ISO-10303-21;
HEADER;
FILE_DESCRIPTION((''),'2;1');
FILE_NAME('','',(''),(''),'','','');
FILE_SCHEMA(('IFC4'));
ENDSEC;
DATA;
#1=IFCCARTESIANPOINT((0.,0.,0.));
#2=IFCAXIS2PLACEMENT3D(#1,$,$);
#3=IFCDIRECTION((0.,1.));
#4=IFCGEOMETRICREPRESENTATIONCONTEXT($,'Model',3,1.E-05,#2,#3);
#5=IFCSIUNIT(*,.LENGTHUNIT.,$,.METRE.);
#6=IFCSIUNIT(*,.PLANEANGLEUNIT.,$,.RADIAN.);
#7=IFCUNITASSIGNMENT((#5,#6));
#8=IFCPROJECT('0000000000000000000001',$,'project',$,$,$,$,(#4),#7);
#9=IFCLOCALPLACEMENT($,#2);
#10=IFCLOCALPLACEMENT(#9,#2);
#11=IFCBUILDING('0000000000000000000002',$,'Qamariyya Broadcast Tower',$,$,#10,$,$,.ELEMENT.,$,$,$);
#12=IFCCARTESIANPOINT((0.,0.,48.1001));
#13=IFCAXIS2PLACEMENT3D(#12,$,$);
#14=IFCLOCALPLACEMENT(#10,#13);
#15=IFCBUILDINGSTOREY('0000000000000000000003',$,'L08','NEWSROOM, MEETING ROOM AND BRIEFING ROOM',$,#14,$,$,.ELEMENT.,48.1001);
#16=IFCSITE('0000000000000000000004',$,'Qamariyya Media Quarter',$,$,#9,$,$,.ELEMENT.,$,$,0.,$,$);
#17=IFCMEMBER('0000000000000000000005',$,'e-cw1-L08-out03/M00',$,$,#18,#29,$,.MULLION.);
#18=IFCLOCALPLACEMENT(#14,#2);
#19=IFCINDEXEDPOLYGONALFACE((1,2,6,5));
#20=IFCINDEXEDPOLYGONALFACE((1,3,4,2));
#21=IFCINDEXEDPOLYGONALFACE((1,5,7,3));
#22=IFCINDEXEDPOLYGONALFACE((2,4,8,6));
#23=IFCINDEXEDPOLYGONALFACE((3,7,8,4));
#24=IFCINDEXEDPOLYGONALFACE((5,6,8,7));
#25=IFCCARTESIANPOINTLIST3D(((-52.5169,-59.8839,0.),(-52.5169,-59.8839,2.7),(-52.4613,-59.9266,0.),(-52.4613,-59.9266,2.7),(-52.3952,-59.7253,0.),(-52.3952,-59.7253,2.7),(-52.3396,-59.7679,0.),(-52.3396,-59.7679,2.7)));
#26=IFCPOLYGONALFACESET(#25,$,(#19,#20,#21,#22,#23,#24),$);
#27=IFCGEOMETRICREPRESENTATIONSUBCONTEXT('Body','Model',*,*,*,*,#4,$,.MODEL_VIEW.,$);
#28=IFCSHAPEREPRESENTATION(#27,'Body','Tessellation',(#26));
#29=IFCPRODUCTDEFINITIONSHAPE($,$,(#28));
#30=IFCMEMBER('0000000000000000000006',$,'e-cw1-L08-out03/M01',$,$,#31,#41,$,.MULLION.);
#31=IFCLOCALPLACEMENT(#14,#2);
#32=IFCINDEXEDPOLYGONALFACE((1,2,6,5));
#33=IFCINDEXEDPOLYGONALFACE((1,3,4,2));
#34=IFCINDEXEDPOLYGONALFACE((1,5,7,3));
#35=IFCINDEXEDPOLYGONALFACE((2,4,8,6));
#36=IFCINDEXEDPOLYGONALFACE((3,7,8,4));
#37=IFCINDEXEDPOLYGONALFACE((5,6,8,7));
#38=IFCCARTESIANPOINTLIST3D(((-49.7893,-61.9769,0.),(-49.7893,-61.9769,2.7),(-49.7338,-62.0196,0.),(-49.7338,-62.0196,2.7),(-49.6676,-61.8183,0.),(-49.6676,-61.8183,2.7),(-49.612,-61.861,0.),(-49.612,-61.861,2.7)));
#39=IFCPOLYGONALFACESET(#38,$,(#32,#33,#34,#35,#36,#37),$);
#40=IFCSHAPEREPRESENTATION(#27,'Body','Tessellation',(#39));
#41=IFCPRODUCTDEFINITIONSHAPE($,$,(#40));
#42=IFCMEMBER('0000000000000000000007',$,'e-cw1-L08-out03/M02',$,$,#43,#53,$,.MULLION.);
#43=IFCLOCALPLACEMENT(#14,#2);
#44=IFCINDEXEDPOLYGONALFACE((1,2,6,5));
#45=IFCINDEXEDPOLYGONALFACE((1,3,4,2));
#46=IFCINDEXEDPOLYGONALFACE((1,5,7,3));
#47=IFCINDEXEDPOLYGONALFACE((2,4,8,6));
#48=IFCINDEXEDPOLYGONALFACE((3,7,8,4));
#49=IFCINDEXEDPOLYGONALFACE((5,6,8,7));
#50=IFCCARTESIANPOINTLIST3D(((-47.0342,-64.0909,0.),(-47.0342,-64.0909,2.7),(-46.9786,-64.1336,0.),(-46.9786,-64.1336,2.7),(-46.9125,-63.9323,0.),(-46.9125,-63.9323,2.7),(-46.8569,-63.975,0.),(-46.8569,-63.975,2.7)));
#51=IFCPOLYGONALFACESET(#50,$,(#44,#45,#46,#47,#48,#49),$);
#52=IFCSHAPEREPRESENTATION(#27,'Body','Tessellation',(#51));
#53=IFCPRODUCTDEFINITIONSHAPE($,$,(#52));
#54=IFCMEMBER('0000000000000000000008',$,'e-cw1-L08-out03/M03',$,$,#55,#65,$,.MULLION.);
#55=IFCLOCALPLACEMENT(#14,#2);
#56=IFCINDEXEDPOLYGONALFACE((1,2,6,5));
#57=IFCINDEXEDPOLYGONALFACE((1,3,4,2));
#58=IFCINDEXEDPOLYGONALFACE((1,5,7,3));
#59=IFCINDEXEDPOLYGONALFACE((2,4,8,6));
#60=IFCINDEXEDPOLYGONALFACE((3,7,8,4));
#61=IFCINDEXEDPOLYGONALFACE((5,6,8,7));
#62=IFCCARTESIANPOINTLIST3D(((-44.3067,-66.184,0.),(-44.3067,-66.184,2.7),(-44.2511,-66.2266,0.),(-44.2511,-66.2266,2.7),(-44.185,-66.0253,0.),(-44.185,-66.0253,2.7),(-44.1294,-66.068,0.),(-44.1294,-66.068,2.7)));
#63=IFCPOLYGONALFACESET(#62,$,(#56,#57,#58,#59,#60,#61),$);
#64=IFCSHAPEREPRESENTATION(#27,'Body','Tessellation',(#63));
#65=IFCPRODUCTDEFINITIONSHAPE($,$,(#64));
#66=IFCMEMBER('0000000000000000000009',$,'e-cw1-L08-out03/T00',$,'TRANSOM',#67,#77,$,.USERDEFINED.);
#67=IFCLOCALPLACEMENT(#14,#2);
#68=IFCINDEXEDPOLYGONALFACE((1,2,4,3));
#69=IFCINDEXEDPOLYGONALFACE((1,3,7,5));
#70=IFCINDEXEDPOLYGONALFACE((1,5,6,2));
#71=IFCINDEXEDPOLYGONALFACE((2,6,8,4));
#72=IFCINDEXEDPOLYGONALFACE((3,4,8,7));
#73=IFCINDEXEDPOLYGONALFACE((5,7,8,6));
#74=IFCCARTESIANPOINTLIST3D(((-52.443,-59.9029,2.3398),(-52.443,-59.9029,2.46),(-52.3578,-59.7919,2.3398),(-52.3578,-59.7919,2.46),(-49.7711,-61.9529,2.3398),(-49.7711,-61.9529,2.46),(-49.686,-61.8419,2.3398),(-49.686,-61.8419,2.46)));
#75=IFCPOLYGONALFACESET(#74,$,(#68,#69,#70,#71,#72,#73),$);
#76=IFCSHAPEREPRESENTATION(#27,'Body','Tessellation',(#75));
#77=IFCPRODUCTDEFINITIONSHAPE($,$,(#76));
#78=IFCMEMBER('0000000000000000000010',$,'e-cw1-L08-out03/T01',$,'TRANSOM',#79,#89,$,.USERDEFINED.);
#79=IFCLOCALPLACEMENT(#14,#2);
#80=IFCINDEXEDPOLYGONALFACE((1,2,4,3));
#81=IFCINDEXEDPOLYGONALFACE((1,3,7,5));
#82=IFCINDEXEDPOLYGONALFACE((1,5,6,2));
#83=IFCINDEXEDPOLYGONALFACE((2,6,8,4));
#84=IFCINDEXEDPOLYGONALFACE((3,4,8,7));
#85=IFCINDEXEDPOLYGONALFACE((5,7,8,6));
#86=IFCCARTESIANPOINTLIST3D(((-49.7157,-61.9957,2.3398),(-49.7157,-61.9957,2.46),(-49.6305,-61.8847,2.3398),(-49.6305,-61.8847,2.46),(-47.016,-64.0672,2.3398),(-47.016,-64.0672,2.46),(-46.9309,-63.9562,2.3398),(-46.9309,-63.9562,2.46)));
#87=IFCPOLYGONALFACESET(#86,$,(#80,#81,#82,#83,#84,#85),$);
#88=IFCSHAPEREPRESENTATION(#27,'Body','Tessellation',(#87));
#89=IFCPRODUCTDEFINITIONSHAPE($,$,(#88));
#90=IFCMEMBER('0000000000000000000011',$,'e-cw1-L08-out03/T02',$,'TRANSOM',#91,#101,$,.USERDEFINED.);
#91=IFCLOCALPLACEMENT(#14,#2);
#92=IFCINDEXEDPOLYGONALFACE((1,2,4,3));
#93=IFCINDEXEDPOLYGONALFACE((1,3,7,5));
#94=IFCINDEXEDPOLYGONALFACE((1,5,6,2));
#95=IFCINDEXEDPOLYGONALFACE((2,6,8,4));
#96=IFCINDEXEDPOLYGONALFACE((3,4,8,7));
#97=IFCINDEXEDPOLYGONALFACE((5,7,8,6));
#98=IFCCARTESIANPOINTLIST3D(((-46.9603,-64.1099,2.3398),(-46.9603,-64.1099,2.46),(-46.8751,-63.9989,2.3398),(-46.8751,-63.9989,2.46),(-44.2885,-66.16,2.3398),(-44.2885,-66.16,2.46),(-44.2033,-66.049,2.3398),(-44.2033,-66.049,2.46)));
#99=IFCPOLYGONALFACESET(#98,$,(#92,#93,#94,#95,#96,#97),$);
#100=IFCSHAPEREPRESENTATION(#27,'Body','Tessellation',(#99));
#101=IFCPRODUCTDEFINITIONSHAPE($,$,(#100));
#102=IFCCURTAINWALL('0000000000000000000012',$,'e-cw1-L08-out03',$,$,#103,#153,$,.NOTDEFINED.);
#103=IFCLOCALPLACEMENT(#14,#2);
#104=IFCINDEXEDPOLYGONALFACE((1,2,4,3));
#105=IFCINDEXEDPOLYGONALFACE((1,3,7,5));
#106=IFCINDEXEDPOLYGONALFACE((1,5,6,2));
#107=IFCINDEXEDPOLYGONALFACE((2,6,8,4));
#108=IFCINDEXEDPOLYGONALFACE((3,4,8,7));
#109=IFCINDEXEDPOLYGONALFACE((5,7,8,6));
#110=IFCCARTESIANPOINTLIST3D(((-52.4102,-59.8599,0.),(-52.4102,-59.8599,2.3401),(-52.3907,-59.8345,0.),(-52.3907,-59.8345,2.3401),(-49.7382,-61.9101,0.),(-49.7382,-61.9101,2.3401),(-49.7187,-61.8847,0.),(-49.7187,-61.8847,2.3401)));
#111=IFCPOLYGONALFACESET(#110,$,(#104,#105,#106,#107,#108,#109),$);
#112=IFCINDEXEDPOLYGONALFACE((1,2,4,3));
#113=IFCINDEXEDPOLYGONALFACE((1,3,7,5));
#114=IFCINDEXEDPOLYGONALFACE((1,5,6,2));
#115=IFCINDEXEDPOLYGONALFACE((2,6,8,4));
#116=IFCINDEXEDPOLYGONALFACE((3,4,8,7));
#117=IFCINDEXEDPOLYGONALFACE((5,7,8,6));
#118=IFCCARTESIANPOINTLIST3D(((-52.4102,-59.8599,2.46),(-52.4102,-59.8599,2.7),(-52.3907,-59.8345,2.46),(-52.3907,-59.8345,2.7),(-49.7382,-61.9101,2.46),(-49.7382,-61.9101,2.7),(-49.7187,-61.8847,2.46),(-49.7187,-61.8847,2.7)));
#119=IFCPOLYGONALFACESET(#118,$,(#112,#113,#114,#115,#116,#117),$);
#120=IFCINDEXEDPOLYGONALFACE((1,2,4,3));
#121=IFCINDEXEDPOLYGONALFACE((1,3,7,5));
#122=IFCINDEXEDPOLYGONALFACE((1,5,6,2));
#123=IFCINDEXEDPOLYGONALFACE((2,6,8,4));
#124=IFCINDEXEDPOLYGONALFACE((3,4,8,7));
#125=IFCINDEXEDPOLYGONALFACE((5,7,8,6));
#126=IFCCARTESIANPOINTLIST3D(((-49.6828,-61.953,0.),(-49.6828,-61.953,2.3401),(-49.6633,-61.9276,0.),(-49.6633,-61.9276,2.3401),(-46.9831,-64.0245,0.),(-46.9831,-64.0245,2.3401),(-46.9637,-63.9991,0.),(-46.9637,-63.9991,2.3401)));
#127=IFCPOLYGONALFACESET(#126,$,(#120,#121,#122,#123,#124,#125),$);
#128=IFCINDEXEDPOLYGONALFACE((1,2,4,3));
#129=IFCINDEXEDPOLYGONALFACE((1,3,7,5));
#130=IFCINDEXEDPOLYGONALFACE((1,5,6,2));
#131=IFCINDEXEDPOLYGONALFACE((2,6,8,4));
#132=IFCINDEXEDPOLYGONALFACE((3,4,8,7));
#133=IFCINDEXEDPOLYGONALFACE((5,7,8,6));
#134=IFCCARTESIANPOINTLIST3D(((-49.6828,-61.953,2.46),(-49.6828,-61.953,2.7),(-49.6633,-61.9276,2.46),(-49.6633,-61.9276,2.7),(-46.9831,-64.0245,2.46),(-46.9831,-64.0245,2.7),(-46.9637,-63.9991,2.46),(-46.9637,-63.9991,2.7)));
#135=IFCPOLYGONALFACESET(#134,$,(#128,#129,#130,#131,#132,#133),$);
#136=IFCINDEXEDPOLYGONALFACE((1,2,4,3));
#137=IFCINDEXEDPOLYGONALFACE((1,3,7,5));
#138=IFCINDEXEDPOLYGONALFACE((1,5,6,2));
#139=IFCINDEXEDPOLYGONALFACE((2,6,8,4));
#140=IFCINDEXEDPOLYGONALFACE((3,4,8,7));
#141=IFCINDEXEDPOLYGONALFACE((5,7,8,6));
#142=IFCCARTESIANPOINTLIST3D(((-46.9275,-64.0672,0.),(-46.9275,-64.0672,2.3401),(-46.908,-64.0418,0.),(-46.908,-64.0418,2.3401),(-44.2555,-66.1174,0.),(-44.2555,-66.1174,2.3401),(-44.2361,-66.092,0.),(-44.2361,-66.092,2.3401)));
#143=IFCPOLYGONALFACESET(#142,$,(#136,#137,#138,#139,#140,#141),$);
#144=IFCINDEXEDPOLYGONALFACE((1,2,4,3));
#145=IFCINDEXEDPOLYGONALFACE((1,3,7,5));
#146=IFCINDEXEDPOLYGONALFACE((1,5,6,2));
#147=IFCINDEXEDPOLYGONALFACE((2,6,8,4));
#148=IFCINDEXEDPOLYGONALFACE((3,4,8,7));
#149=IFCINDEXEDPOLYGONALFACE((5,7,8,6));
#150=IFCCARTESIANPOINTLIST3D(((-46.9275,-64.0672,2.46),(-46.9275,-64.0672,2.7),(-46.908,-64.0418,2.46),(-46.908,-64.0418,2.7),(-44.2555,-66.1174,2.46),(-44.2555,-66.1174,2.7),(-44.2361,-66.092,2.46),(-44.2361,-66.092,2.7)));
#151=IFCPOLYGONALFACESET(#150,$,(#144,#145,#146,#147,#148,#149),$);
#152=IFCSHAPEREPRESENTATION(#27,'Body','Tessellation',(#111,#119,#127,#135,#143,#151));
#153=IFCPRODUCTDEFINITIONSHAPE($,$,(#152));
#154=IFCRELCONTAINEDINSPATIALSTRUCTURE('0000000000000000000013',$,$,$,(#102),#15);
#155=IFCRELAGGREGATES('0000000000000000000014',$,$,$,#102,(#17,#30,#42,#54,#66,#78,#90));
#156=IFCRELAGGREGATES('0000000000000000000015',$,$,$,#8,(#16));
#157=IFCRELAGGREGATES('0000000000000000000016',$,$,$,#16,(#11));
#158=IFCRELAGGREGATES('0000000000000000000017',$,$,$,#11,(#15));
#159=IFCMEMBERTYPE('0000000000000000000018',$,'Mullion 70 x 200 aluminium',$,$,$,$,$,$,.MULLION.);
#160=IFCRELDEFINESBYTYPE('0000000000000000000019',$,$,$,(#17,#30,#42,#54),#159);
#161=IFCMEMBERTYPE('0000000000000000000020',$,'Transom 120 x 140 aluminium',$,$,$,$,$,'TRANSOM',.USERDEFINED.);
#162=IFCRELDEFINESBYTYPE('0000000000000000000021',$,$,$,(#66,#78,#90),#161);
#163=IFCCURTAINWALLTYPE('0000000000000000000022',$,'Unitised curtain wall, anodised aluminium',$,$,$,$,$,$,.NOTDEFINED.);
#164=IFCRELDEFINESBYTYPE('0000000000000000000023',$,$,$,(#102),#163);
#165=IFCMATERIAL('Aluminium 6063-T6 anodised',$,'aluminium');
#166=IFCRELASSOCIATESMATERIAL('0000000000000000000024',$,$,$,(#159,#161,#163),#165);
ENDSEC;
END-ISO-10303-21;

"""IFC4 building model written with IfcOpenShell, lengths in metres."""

from ifc_helpers import new_model, si_unit, direction, frame, origin, origin_2d, place, context, subcontext, project, spatial, rectangle, extrude, material, material_profile, profile_set, type_object, element, aggregate, save


model = new_model("IFC4")

# Units and contexts
model_context = context("Model", 3, precision=1e-05, world=origin(), true_north=direction((0.0, 1.0)))
body_context = subcontext(model_context, "Body", "Model", "MODEL_VIEW")
ifc_project = project(units=[si_unit("LENGTHUNIT", "METRE"), si_unit("PLANEANGLEUNIT", "RADIAN")], contexts=[model_context])

# Members
ifc_material = material(Name="Aluminium 6063-T6 anodised", Category="aluminium")
ifc_material_profile_1 = material_profile(ifc_material, rectangle(XDim=0.2, YDim=0.0701, at=origin_2d()))
ifc_profile_set_1 = profile_set([ifc_material_profile_1], Name="Aluminium 6063-T6 anodised")
member_type_1 = type_object("IfcMemberType", Name="Mullion 70 x 200 aluminium", PredefinedType="MULLION", material=ifc_profile_set_1)
site_placement = place(None, origin())
building_placement = place(site_placement, origin())
storey_placement = place(building_placement, frame((0.0, 0.0, 48.1001)))
member_1_placement = place(storey_placement, frame((-52.4282, -59.8259, 0.0), z_axis=(0.0, 0.0, 1.0), x_axis=(0.608761, 0.793353, 0.0)))
member_1 = element("IfcMember", 1, at=member_1_placement, type_object=member_type_1, Name="e-cw1-L08-out03/M00", PredefinedType="MULLION", context=body_context, shape_type="SweptSolid", body=[
    extrude(rectangle(XDim=0.2, YDim=0.0701, at=origin_2d()), origin(), (0.0, 0.0, 1.0), 2.7),
])
member_2_placement = place(storey_placement, frame((-49.7007, -61.9189, 0.0), z_axis=(0.0, 0.0, 1.0), x_axis=(0.608761, 0.793353, 0.0)))
member_2 = element("IfcMember", 2, at=member_2_placement, type_object=member_type_1, Name="e-cw1-L08-out03/M01", PredefinedType="MULLION", context=body_context, shape_type="SweptSolid", body=[
    extrude(rectangle(XDim=0.2, YDim=0.0701, at=origin_2d()), origin(), (0.0, 0.0, 1.0), 2.7),
])
member_3_placement = place(storey_placement, frame((-46.9456, -64.033, 0.0), z_axis=(0.0, 0.0, 1.0), x_axis=(0.608761, 0.793353, 0.0)))
member_3 = element("IfcMember", 3, at=member_3_placement, type_object=member_type_1, Name="e-cw1-L08-out03/M02", PredefinedType="MULLION", context=body_context, shape_type="SweptSolid", body=[
    extrude(rectangle(XDim=0.2, YDim=0.0701, at=origin_2d()), origin(), (0.0, 0.0, 1.0), 2.7),
])
member_4_placement = place(storey_placement, frame((-44.218, -66.126, 0.0), z_axis=(0.0, 0.0, 1.0), x_axis=(0.608761, 0.793353, 0.0)))
member_4 = element("IfcMember", 4, at=member_4_placement, type_object=member_type_1, Name="e-cw1-L08-out03/M03", PredefinedType="MULLION", context=body_context, shape_type="SweptSolid", body=[
    extrude(rectangle(XDim=0.2, YDim=0.0701, at=origin_2d()), origin(), (0.0, 0.0, 1.0), 2.7),
])
ifc_material_profile_2 = material_profile(ifc_material, rectangle(XDim=0.1399, YDim=0.1201, at=origin_2d()))
ifc_profile_set_2 = profile_set([ifc_material_profile_2], Name="Aluminium 6063-T6 anodised")
member_type_2 = type_object("IfcMemberType", Name="Transom 120 x 140 aluminium", ElementType="TRANSOM", PredefinedType="USERDEFINED", material=ifc_profile_set_2)
member_5_placement = place(storey_placement, frame((-52.4004, -59.8474, 2.3999), z_axis=(0.793375, -0.608733, 0.0), x_axis=(0.608733, 0.793375, 0.0)))
member_5 = element("IfcMember", 5, at=member_5_placement, type_object=member_type_2, Name="e-cw1-L08-out03/T00", ObjectType="TRANSOM", PredefinedType="USERDEFINED", context=body_context, shape_type="SweptSolid", body=[
    extrude(rectangle(XDim=0.1399, YDim=0.1201, at=origin_2d()), origin(), (0.0, 0.0, 1.0), 3.3677),
])
member_6_placement = place(storey_placement, frame((-49.6731, -61.9402, 2.3999), z_axis=(0.793357, -0.608757, 0.0), x_axis=(0.608757, 0.793357, 0.0)))
member_6 = element("IfcMember", 6, at=member_6_placement, type_object=member_type_2, Name="e-cw1-L08-out03/T01", ObjectType="TRANSOM", PredefinedType="USERDEFINED", context=body_context, shape_type="SweptSolid", body=[
    extrude(rectangle(XDim=0.1399, YDim=0.1201, at=origin_2d()), origin(), (0.0, 0.0, 1.0), 3.4028),
])
member_7_placement = place(storey_placement, frame((-46.9177, -64.0544, 2.3999), z_axis=(0.793375, -0.608733, 0.0), x_axis=(0.608733, 0.793375, 0.0)))
member_7 = element("IfcMember", 7, at=member_7_placement, type_object=member_type_2, Name="e-cw1-L08-out03/T02", ObjectType="TRANSOM", PredefinedType="USERDEFINED", context=body_context, shape_type="SweptSolid", body=[
    extrude(rectangle(XDim=0.1399, YDim=0.1201, at=origin_2d()), origin(), (0.0, 0.0, 1.0), 3.3677),
])

# Site, building, storey
site = spatial("IfcSite", under=ifc_project, at=site_placement, Name="Qamariyya Media Quarter", CompositionType="ELEMENT", RefElevation=0.0)
building = spatial("IfcBuilding", under=site, at=building_placement, Name="Qamariyya Broadcast Tower", CompositionType="ELEMENT")
storey = spatial("IfcBuildingStorey", under=building, at=storey_placement, Name="L08", Description="NEWSROOM, MEETING ROOM AND BRIEFING ROOM", CompositionType="ELEMENT", Elevation=48.1001)

# Curtain wall
curtain_wall_type = type_object("IfcCurtainWallType", Name="Unitised curtain wall, anodised aluminium", PredefinedType="NOTDEFINED", material=ifc_material)
curtain_wall_1_placement = place(storey_placement, origin())
curtain_wall_1 = element("IfcCurtainWall", 8, at=curtain_wall_1_placement, inside=storey, type_object=curtain_wall_type, Name="e-cw1-L08-out03", PredefinedType="NOTDEFINED", context=body_context, shape_type="SweptSolid", body=[
    extrude(rectangle(XDim=3.3679, YDim=0.032, at=origin_2d()), frame((-51.0645, -60.8723, 0.0), x_axis=(0.793358, -0.608756, 0.0)), (0.0, 0.0, 1.0), 2.3401),
    extrude(rectangle(XDim=3.3679, YDim=0.032, at=origin_2d()), frame((-51.0645, -60.8723, 2.46), x_axis=(0.793358, -0.608756, 0.0)), (0.0, 0.0, 1.0), 0.24),
    extrude(rectangle(XDim=3.4028, YDim=0.032, at=origin_2d()), frame((-48.3232, -62.9761, 0.0), x_axis=(0.793358, -0.608756, 0.0)), (0.0, 0.0, 1.0), 2.3401),
    extrude(rectangle(XDim=3.4028, YDim=0.032, at=origin_2d()), frame((-48.3232, -62.9761, 2.46), x_axis=(0.793358, -0.608756, 0.0)), (0.0, 0.0, 1.0), 0.24),
    extrude(rectangle(XDim=3.3679, YDim=0.032, at=origin_2d()), frame((-45.5818, -65.0796, 0.0), x_axis=(0.793358, -0.608756, 0.0)), (0.0, 0.0, 1.0), 2.3401),
    extrude(rectangle(XDim=3.3679, YDim=0.032, at=origin_2d()), frame((-45.5818, -65.0796, 2.46), x_axis=(0.793358, -0.608756, 0.0)), (0.0, 0.0, 1.0), 0.24),
])
aggregate(curtain_wall_1, [member_1, member_2, member_3, member_4, member_5, member_6, member_7])

save(model, "model.ifc")
